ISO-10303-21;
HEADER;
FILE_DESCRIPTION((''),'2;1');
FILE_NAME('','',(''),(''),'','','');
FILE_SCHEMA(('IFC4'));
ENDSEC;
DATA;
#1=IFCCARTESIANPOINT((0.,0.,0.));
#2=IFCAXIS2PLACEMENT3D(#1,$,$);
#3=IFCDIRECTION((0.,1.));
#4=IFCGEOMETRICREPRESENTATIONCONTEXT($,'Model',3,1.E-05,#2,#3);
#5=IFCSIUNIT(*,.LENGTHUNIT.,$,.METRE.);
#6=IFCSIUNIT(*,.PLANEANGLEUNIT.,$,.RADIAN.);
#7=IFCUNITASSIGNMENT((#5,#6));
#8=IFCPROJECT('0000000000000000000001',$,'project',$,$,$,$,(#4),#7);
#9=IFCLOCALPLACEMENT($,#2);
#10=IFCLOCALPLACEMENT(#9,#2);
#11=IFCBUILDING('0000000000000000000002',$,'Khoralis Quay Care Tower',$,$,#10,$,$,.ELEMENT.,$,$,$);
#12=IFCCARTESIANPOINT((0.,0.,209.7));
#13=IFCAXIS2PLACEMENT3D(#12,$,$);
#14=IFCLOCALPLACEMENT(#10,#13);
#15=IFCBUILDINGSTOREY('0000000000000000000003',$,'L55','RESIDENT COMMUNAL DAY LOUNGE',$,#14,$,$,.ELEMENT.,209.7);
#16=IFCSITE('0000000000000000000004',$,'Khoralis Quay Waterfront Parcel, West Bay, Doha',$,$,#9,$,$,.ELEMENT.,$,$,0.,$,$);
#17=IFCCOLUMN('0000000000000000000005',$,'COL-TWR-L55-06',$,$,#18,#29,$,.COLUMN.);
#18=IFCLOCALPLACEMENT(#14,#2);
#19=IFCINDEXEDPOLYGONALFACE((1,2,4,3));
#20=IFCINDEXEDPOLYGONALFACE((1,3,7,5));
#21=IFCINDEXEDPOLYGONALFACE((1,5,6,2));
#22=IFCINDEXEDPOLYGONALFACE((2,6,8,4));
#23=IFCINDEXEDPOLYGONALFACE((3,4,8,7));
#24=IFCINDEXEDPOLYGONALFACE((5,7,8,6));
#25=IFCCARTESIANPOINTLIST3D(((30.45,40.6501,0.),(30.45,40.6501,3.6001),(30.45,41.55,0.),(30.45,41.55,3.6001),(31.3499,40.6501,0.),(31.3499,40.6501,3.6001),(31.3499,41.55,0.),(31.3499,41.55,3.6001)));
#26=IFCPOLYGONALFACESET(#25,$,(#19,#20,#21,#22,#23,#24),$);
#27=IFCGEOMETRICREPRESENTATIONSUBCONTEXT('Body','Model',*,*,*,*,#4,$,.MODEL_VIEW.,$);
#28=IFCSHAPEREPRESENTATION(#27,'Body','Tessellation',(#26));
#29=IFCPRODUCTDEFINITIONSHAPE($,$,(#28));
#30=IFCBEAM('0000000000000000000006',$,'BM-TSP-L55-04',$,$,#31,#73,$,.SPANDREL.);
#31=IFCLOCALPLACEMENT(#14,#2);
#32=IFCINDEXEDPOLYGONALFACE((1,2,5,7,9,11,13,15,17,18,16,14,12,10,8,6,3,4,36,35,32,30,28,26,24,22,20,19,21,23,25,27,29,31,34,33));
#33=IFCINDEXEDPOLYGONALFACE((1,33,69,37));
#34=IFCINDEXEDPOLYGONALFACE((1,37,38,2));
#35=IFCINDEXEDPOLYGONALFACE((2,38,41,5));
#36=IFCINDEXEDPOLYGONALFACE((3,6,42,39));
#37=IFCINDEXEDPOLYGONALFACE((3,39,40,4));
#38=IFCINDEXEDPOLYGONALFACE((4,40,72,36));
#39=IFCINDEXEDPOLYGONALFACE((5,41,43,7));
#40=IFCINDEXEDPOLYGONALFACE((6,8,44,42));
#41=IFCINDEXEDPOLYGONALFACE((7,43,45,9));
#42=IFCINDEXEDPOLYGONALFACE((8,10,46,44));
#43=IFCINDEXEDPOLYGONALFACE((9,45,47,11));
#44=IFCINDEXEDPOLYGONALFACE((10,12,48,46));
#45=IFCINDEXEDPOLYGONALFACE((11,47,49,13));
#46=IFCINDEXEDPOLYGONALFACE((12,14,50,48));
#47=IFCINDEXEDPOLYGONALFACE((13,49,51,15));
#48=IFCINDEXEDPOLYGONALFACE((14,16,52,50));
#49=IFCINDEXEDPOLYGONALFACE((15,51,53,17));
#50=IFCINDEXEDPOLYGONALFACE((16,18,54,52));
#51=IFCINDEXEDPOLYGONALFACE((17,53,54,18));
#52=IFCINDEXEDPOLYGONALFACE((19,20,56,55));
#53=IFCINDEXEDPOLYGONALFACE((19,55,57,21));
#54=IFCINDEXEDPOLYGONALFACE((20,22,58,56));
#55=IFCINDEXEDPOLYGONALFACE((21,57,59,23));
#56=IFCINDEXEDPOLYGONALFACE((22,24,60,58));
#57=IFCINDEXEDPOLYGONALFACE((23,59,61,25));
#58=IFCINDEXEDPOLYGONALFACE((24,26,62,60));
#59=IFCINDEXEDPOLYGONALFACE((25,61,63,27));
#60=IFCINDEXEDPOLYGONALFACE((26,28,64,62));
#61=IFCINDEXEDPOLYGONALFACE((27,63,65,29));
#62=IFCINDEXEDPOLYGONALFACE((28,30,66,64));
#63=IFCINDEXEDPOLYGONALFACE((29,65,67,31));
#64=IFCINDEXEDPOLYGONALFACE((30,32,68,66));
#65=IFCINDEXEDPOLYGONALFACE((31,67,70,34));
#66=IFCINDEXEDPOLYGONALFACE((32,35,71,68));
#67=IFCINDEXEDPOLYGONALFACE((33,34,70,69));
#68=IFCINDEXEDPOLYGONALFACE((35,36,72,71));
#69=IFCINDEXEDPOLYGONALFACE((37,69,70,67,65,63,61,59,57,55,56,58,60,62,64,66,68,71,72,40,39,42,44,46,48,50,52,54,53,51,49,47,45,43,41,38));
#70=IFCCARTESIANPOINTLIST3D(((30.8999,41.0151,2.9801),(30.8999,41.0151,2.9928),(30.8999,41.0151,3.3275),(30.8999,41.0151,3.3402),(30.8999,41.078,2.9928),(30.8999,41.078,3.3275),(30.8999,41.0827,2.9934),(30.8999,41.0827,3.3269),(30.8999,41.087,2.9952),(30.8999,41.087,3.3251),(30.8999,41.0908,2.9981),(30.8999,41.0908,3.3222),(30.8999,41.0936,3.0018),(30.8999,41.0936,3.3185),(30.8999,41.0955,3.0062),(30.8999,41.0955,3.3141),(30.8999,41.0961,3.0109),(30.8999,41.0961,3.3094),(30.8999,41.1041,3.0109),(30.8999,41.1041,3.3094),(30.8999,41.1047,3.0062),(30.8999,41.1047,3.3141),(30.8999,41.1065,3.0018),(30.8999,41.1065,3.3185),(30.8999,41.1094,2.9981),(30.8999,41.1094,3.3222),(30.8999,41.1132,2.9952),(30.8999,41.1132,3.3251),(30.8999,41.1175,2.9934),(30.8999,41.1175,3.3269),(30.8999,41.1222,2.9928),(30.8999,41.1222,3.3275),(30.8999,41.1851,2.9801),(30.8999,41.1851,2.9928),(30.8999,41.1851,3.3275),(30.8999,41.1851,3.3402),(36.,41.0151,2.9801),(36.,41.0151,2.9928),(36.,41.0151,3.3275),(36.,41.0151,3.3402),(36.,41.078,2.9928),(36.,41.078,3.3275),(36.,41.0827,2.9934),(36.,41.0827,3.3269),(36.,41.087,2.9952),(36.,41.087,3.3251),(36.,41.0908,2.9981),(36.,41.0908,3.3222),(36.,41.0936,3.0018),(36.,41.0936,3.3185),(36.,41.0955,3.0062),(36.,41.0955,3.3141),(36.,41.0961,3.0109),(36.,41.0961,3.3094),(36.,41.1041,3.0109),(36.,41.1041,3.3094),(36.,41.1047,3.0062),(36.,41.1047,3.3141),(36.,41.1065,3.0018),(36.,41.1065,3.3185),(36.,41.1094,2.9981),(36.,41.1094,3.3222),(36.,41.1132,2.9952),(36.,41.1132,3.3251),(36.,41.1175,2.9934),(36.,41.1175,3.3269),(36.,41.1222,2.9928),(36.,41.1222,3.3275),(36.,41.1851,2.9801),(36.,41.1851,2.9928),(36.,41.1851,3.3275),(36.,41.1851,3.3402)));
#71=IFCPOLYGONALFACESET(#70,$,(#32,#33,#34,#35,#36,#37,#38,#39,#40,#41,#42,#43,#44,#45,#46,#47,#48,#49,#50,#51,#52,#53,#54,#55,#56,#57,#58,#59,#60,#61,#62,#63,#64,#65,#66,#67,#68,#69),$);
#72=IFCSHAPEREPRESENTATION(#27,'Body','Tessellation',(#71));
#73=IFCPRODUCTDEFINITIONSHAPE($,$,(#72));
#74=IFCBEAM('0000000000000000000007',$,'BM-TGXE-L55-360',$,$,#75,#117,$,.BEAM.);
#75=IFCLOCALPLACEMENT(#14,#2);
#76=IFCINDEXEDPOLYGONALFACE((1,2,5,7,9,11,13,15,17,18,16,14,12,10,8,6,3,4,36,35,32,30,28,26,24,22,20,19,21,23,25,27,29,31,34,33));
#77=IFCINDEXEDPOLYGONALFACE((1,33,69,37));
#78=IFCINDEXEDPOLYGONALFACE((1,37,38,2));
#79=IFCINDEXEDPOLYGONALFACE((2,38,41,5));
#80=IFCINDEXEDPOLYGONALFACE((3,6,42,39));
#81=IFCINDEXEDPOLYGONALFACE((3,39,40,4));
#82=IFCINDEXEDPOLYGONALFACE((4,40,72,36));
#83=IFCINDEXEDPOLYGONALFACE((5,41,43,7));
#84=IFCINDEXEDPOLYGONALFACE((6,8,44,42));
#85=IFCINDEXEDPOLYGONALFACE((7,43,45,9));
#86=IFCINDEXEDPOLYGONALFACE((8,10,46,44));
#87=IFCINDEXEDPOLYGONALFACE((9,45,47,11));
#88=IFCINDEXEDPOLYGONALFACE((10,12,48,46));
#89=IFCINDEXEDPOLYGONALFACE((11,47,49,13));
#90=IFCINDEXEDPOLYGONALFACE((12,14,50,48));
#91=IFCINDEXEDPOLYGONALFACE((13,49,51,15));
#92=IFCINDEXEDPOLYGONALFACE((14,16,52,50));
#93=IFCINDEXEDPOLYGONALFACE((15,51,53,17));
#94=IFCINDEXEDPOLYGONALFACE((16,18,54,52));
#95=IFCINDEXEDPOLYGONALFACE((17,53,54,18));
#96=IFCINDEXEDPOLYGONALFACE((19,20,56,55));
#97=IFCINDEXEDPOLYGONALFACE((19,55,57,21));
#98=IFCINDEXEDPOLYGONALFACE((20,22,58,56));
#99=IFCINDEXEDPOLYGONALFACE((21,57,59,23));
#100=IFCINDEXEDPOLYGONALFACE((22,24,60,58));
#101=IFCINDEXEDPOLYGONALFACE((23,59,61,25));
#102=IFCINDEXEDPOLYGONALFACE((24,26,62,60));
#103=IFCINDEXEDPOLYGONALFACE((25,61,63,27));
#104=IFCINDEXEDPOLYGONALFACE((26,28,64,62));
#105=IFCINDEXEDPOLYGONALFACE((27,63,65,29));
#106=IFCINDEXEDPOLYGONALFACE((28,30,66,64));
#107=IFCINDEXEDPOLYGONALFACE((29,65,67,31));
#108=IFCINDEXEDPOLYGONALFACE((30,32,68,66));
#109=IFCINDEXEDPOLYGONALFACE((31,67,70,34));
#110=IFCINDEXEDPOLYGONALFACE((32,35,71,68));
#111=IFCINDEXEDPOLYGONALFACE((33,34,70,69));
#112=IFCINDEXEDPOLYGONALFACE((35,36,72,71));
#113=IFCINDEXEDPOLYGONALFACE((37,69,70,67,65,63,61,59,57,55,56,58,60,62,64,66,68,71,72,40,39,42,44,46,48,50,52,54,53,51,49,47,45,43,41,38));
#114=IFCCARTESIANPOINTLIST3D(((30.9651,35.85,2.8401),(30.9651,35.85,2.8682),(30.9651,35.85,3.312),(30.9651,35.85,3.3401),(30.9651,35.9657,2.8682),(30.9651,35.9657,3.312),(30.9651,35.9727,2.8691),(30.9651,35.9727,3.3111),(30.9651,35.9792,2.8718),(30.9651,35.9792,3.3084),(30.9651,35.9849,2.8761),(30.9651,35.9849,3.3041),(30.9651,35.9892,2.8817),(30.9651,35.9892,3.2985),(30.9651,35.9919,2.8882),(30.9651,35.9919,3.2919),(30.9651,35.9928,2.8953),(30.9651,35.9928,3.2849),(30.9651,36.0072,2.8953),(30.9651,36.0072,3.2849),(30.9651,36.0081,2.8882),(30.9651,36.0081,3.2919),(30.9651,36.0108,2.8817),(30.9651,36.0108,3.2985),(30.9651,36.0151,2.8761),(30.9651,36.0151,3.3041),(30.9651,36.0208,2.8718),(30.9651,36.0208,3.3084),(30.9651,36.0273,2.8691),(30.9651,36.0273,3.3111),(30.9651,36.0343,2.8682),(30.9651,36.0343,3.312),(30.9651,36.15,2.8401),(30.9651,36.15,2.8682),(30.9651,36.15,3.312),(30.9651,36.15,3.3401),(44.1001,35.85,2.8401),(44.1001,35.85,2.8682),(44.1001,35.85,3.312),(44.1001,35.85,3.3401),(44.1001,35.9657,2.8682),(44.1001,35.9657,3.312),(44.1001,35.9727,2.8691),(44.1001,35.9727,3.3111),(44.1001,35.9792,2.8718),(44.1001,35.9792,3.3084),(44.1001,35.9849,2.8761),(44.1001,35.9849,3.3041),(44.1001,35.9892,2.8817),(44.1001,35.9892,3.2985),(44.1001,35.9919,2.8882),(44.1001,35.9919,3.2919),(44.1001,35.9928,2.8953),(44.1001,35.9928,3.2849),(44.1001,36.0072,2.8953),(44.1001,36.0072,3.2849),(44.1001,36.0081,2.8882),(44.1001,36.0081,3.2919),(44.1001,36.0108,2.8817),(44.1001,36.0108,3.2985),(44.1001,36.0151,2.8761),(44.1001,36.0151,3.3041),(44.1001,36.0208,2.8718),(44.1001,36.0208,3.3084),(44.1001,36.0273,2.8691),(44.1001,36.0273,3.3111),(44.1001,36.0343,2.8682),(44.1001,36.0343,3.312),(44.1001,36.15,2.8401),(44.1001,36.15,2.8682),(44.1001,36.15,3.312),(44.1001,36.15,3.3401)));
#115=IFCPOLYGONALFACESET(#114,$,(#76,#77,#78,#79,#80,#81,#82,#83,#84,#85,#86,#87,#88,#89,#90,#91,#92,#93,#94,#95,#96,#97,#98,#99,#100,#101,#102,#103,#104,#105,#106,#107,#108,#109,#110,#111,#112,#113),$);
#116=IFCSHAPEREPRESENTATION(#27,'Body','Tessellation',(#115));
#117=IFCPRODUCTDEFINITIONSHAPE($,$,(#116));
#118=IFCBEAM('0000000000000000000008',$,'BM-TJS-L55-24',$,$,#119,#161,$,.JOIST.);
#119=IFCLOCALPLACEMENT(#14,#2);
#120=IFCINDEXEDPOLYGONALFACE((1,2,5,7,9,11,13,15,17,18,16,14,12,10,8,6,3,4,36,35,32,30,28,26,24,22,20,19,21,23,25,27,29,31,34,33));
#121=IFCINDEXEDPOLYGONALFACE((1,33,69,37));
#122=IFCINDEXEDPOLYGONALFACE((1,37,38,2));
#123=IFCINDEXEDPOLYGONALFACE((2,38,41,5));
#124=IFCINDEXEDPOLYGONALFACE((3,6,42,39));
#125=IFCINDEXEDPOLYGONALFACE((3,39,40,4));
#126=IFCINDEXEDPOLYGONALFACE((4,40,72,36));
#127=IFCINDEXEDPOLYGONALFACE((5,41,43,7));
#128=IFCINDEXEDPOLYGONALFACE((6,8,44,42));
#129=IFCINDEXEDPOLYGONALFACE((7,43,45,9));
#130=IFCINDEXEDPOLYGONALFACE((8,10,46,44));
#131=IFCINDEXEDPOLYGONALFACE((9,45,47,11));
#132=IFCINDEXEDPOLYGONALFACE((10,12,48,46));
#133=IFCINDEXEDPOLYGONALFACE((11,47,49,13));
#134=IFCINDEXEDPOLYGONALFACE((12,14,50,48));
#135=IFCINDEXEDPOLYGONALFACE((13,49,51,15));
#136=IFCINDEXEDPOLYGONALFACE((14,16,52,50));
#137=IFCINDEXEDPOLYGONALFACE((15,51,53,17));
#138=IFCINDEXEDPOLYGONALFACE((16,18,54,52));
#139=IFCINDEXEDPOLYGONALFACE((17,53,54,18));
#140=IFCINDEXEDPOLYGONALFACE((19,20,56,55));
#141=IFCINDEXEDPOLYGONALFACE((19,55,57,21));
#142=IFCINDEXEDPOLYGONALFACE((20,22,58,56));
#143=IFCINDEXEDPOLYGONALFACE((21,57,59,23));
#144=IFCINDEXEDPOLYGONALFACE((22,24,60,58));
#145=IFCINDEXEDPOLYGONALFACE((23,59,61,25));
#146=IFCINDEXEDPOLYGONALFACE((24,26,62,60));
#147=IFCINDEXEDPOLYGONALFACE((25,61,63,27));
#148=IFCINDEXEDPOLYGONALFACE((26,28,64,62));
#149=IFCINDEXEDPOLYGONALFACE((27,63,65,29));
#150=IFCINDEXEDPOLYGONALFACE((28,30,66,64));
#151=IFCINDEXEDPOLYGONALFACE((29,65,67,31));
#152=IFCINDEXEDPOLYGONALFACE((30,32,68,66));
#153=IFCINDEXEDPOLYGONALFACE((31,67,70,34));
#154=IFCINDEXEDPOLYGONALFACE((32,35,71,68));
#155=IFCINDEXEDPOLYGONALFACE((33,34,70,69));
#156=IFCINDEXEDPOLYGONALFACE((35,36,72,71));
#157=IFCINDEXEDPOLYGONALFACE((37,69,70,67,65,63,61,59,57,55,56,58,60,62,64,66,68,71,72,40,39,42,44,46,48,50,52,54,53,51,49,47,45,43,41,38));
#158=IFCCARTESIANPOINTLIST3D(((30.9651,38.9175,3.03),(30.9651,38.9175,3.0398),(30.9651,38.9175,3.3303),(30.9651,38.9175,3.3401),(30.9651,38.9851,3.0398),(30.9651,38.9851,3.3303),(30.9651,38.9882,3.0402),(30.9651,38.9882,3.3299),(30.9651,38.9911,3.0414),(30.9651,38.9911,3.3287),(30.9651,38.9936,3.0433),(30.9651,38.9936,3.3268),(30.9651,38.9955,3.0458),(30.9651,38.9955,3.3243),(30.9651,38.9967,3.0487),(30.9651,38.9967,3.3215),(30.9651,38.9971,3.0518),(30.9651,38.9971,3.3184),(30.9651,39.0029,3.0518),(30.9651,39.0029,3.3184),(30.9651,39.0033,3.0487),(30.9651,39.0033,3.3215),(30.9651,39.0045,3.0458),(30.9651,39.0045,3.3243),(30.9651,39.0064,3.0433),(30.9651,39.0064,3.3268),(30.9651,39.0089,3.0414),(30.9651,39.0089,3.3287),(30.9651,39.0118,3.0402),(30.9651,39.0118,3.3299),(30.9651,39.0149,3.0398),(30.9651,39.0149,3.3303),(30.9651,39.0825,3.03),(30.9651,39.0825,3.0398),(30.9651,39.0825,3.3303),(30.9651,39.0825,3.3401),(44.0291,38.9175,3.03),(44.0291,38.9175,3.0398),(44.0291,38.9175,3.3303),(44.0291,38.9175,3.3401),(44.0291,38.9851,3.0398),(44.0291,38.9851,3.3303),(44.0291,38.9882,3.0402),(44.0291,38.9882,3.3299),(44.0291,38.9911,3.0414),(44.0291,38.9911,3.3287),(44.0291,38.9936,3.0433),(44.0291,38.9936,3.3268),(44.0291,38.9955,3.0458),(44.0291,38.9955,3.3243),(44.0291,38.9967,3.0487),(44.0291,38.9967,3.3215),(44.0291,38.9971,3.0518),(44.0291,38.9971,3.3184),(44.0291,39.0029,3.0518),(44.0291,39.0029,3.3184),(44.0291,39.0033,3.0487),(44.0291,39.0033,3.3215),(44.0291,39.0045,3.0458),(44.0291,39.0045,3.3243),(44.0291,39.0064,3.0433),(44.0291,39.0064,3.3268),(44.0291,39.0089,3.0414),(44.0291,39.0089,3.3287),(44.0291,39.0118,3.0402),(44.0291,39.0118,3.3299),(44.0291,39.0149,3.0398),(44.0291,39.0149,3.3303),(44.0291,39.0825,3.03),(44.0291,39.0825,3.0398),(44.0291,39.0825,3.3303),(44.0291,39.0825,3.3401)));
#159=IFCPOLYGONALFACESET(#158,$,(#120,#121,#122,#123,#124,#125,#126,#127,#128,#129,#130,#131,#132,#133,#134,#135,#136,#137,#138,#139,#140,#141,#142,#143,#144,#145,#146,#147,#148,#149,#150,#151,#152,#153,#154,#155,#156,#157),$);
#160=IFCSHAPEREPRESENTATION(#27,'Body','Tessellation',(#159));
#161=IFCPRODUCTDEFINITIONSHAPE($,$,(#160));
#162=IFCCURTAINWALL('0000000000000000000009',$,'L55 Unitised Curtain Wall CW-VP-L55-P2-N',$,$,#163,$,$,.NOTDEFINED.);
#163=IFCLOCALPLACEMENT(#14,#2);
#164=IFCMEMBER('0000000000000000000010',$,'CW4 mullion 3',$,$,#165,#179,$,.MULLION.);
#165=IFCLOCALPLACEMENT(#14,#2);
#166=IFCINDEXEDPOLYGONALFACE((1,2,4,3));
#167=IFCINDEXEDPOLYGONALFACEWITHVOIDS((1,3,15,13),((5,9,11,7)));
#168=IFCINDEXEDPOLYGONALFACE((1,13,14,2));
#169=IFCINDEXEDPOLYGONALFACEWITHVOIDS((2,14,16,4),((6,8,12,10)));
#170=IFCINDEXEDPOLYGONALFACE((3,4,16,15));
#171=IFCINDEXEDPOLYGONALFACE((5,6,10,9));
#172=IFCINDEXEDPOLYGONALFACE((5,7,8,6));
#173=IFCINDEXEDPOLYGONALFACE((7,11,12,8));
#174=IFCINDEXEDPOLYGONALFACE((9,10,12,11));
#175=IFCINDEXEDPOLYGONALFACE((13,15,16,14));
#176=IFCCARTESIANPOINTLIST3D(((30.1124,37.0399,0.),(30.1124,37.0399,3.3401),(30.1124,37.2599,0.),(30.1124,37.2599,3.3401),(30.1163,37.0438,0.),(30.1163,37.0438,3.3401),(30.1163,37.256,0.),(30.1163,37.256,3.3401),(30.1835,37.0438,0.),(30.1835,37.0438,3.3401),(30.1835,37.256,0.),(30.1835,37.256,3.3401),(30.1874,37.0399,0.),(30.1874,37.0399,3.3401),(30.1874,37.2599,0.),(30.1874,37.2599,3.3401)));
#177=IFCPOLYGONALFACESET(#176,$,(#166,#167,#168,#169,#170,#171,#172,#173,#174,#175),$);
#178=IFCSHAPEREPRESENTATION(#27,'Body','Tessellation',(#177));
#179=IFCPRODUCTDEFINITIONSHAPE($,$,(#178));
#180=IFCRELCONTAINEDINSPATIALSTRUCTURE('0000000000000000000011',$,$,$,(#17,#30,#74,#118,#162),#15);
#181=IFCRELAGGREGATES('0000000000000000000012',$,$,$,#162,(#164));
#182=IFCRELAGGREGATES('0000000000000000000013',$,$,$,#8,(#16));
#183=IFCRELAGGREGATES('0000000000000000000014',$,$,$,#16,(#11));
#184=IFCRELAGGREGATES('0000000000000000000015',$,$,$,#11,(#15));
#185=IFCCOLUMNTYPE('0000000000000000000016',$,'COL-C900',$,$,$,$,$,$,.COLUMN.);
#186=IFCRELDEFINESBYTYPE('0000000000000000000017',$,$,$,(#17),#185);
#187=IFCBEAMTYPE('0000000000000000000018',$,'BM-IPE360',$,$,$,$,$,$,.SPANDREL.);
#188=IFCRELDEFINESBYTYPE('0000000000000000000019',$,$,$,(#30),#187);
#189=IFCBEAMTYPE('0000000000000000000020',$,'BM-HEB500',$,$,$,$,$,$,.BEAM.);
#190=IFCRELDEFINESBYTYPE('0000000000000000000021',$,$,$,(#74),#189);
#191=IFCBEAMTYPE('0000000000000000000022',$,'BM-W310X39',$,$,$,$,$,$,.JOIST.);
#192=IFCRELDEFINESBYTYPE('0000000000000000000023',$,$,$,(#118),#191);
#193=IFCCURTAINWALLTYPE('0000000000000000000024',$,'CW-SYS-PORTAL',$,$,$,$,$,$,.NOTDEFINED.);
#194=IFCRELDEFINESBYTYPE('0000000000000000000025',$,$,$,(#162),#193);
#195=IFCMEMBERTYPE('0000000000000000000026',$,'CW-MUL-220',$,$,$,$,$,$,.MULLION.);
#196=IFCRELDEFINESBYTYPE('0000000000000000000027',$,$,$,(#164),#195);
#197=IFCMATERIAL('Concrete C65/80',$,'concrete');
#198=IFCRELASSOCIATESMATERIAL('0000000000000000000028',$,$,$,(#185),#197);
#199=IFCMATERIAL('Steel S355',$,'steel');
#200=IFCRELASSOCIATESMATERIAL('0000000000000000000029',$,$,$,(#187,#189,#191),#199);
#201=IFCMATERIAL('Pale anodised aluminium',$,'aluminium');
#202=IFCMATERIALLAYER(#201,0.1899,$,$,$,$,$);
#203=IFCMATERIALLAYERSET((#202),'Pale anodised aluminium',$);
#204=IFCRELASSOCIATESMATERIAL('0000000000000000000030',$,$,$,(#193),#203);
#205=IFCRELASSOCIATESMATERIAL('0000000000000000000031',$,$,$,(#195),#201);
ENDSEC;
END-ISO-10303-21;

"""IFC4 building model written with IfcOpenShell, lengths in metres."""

from ifc_helpers import new_model, si_unit, direction, frame, origin, origin_2d, place, context, subcontext, project, spatial, rectangle, hollow_rectangle, i_section, extrude, source, transform, mapped, material, layer, layer_set, material_profile, profile_set, type_object, element, aggregate, save


model = new_model("IFC4")

# Units and contexts
model_context = context("Model", 3, precision=1e-05, world=origin(), true_north=direction((0.0, 1.0)))
body_context = subcontext(model_context, "Body", "Model", "MODEL_VIEW")
ifc_project = project(units=[si_unit("LENGTHUNIT", "METRE"), si_unit("PLANEANGLEUNIT", "RADIAN")], contexts=[model_context])

# Site, building, storey
site_placement = place(None, origin())
site = spatial("IfcSite", under=ifc_project, at=site_placement, Name="Khoralis Quay Waterfront Parcel, West Bay, Doha", CompositionType="ELEMENT", RefElevation=0.0)
building_placement = place(site_placement, origin())
building = spatial("IfcBuilding", under=site, at=building_placement, Name="Khoralis Quay Care Tower", CompositionType="ELEMENT")
storey_placement = place(building_placement, frame((0.0, 0.0, 209.7)))
storey = spatial("IfcBuildingStorey", under=building, at=storey_placement, Name="L55", Description="RESIDENT COMMUNAL DAY LOUNGE", CompositionType="ELEMENT", Elevation=209.7)

# Column
ifc_material_1 = material(Name="Concrete C65/80", Category="concrete")
ifc_material_profile_1 = material_profile(ifc_material_1, rectangle(XDim=0.8999, YDim=0.8999, at=origin_2d()), Name="Concrete C65/80")
ifc_profile_set_1 = profile_set([ifc_material_profile_1], Name="Concrete C65/80")
column_type = type_object("IfcColumnType", Name="COL-C900", PredefinedType="COLUMN", material=ifc_profile_set_1)
shared_shape_1 = source(origin(), body_context, "Body", "SweptSolid", [
    extrude(rectangle(XDim=0.8999, YDim=0.8999, at=origin_2d()), origin(), (0.0, 0.0, 1.0), 3.6001),
])
column_placement = place(storey_placement, frame((30.8999, 41.1001, 0.0), z_axis=(0.0, 0.0, 1.0), x_axis=(1.0, 0.0, 0.0)))
element("IfcColumn", 1, at=column_placement, inside=storey, type_object=column_type, Name="COL-TWR-L55-06", PredefinedType="COLUMN", context=body_context, shape_type="MappedRepresentation", body=[
    mapped(shared_shape_1, transform((0.0, 0.0, 0.0), scale=1.0)),
])

# Beams
ifc_material_2 = material(Name="Steel S355", Category="steel")
ifc_material_profile_2 = material_profile(ifc_material_2, i_section(OverallWidth=0.1699, OverallDepth=0.3601, WebThickness=0.0081, FlangeThickness=0.0127, FilletRadius=0.0181, at=origin_2d()), Name="Steel S355")
ifc_profile_set_2 = profile_set([ifc_material_profile_2], Name="Steel S355")
beam_type_1 = type_object("IfcBeamType", Name="BM-IPE360", PredefinedType="SPANDREL", material=ifc_profile_set_2)
shared_shape_2 = source(origin(), body_context, "Body", "SweptSolid", [
    extrude(i_section(OverallWidth=0.1699, OverallDepth=0.3601, WebThickness=0.0081, FlangeThickness=0.0127, FilletRadius=0.0181, at=origin_2d()), origin(), (0.0, 0.0, 1.0), 5.1001),
])
beam_1_placement = place(storey_placement, frame((30.8999, 41.1001, 3.1602), z_axis=(1.0, 0.0, 0.0), x_axis=(0.0, 1.0, 0.0)))
element("IfcBeam", 2, at=beam_1_placement, inside=storey, type_object=beam_type_1, Name="BM-TSP-L55-04", PredefinedType="SPANDREL", context=body_context, shape_type="MappedRepresentation", body=[
    mapped(shared_shape_2, transform((0.0, 0.0, 0.0), scale=1.0)),
])
ifc_material_profile_3 = material_profile(ifc_material_2, i_section(OverallWidth=0.3, OverallDepth=0.5, WebThickness=0.0144, FlangeThickness=0.0281, FilletRadius=0.0271, at=origin_2d()), Name="Steel S355")
ifc_profile_set_3 = profile_set([ifc_material_profile_3], Name="Steel S355")
beam_type_2 = type_object("IfcBeamType", Name="BM-HEB500", PredefinedType="BEAM", material=ifc_profile_set_3)
shared_shape_3 = source(origin(), body_context, "Body", "SweptSolid", [
    extrude(i_section(OverallWidth=0.3, OverallDepth=0.5, WebThickness=0.0144, FlangeThickness=0.0281, FilletRadius=0.0271, at=origin_2d()), origin(), (0.0, 0.0, 1.0), 13.135),
])
beam_2_placement = place(storey_placement, frame((30.9651, 36.0, 3.0901), z_axis=(1.0, 0.0, 0.0), x_axis=(0.0, 1.0, 0.0)))
element("IfcBeam", 3, at=beam_2_placement, inside=storey, type_object=beam_type_2, Name="BM-TGXE-L55-360", PredefinedType="BEAM", context=body_context, shape_type="MappedRepresentation", body=[
    mapped(shared_shape_3, transform((0.0, 0.0, 0.0), scale=1.0)),
])
ifc_material_profile_4 = material_profile(ifc_material_2, i_section(OverallWidth=0.165, OverallDepth=0.3101, WebThickness=0.0059, FlangeThickness=0.0098, FilletRadius=0.012, at=origin_2d()), Name="Steel S355")
ifc_profile_set_4 = profile_set([ifc_material_profile_4], Name="Steel S355")
beam_type_3 = type_object("IfcBeamType", Name="BM-W310X39", PredefinedType="JOIST", material=ifc_profile_set_4)
shared_shape_4 = source(origin(), body_context, "Body", "SweptSolid", [
    extrude(i_section(OverallWidth=0.165, OverallDepth=0.3101, WebThickness=0.0059, FlangeThickness=0.0098, FilletRadius=0.012, at=origin_2d()), origin(), (0.0, 0.0, 1.0), 13.064),
])
beam_3_placement = place(storey_placement, frame((30.9651, 39.0, 3.1851), z_axis=(1.0, 0.0, 0.0), x_axis=(0.0, 1.0, 0.0)))
element("IfcBeam", 4, at=beam_3_placement, inside=storey, type_object=beam_type_3, Name="BM-TJS-L55-24", PredefinedType="JOIST", context=body_context, shape_type="MappedRepresentation", body=[
    mapped(shared_shape_4, transform((0.0, 0.0, 0.0), scale=1.0)),
])

# Curtain wall, member
ifc_material_3 = material(Name="Pale anodised aluminium", Category="aluminium")
ifc_layer_1 = layer(ifc_material_3, 0.1899)
ifc_layer_set_1 = layer_set([ifc_layer_1], Name="Pale anodised aluminium")
curtain_wall_type = type_object("IfcCurtainWallType", Name="CW-SYS-PORTAL", PredefinedType="NOTDEFINED", material=ifc_layer_set_1)
curtain_wall_1_placement = place(storey_placement, origin())
curtain_wall_1 = element("IfcCurtainWall", 5, at=curtain_wall_1_placement, inside=storey, type_object=curtain_wall_type, Name="L55 Unitised Curtain Wall CW-VP-L55-P2-N", PredefinedType="NOTDEFINED")
ifc_material_profile_5 = material_profile(ifc_material_3, hollow_rectangle(XDim=0.075, YDim=0.22, WallThickness=0.0039, at=origin_2d()), Name="Pale anodised aluminium")
ifc_profile_set_5 = profile_set([ifc_material_profile_5], Name="Pale anodised aluminium")
member_type_1 = type_object("IfcMemberType", Name="CW-MUL-220", PredefinedType="MULLION", material=ifc_profile_set_5)
shared_shape_5 = source(origin(), body_context, "Body", "SweptSolid", [
    extrude(hollow_rectangle(XDim=0.075, YDim=0.22, WallThickness=0.0039, at=origin_2d()), origin(), (0.0, 0.0, 1.0), 3.3401),
])
member_1_placement = place(storey_placement, frame((30.1499, 37.1499, 0.0), z_axis=(0.0, 0.0, 1.0), x_axis=(-1.0, 0.0, 0.0)))
member_1 = element("IfcMember", 6, at=member_1_placement, type_object=member_type_1, Name="CW4 mullion 3", PredefinedType="MULLION", context=body_context, shape_type="MappedRepresentation", body=[
    mapped(shared_shape_5, transform((0.0, 0.0, 0.0), scale=1.0)),
])

aggregate(curtain_wall_1, [member_1])

save(model, "model.ifc")
